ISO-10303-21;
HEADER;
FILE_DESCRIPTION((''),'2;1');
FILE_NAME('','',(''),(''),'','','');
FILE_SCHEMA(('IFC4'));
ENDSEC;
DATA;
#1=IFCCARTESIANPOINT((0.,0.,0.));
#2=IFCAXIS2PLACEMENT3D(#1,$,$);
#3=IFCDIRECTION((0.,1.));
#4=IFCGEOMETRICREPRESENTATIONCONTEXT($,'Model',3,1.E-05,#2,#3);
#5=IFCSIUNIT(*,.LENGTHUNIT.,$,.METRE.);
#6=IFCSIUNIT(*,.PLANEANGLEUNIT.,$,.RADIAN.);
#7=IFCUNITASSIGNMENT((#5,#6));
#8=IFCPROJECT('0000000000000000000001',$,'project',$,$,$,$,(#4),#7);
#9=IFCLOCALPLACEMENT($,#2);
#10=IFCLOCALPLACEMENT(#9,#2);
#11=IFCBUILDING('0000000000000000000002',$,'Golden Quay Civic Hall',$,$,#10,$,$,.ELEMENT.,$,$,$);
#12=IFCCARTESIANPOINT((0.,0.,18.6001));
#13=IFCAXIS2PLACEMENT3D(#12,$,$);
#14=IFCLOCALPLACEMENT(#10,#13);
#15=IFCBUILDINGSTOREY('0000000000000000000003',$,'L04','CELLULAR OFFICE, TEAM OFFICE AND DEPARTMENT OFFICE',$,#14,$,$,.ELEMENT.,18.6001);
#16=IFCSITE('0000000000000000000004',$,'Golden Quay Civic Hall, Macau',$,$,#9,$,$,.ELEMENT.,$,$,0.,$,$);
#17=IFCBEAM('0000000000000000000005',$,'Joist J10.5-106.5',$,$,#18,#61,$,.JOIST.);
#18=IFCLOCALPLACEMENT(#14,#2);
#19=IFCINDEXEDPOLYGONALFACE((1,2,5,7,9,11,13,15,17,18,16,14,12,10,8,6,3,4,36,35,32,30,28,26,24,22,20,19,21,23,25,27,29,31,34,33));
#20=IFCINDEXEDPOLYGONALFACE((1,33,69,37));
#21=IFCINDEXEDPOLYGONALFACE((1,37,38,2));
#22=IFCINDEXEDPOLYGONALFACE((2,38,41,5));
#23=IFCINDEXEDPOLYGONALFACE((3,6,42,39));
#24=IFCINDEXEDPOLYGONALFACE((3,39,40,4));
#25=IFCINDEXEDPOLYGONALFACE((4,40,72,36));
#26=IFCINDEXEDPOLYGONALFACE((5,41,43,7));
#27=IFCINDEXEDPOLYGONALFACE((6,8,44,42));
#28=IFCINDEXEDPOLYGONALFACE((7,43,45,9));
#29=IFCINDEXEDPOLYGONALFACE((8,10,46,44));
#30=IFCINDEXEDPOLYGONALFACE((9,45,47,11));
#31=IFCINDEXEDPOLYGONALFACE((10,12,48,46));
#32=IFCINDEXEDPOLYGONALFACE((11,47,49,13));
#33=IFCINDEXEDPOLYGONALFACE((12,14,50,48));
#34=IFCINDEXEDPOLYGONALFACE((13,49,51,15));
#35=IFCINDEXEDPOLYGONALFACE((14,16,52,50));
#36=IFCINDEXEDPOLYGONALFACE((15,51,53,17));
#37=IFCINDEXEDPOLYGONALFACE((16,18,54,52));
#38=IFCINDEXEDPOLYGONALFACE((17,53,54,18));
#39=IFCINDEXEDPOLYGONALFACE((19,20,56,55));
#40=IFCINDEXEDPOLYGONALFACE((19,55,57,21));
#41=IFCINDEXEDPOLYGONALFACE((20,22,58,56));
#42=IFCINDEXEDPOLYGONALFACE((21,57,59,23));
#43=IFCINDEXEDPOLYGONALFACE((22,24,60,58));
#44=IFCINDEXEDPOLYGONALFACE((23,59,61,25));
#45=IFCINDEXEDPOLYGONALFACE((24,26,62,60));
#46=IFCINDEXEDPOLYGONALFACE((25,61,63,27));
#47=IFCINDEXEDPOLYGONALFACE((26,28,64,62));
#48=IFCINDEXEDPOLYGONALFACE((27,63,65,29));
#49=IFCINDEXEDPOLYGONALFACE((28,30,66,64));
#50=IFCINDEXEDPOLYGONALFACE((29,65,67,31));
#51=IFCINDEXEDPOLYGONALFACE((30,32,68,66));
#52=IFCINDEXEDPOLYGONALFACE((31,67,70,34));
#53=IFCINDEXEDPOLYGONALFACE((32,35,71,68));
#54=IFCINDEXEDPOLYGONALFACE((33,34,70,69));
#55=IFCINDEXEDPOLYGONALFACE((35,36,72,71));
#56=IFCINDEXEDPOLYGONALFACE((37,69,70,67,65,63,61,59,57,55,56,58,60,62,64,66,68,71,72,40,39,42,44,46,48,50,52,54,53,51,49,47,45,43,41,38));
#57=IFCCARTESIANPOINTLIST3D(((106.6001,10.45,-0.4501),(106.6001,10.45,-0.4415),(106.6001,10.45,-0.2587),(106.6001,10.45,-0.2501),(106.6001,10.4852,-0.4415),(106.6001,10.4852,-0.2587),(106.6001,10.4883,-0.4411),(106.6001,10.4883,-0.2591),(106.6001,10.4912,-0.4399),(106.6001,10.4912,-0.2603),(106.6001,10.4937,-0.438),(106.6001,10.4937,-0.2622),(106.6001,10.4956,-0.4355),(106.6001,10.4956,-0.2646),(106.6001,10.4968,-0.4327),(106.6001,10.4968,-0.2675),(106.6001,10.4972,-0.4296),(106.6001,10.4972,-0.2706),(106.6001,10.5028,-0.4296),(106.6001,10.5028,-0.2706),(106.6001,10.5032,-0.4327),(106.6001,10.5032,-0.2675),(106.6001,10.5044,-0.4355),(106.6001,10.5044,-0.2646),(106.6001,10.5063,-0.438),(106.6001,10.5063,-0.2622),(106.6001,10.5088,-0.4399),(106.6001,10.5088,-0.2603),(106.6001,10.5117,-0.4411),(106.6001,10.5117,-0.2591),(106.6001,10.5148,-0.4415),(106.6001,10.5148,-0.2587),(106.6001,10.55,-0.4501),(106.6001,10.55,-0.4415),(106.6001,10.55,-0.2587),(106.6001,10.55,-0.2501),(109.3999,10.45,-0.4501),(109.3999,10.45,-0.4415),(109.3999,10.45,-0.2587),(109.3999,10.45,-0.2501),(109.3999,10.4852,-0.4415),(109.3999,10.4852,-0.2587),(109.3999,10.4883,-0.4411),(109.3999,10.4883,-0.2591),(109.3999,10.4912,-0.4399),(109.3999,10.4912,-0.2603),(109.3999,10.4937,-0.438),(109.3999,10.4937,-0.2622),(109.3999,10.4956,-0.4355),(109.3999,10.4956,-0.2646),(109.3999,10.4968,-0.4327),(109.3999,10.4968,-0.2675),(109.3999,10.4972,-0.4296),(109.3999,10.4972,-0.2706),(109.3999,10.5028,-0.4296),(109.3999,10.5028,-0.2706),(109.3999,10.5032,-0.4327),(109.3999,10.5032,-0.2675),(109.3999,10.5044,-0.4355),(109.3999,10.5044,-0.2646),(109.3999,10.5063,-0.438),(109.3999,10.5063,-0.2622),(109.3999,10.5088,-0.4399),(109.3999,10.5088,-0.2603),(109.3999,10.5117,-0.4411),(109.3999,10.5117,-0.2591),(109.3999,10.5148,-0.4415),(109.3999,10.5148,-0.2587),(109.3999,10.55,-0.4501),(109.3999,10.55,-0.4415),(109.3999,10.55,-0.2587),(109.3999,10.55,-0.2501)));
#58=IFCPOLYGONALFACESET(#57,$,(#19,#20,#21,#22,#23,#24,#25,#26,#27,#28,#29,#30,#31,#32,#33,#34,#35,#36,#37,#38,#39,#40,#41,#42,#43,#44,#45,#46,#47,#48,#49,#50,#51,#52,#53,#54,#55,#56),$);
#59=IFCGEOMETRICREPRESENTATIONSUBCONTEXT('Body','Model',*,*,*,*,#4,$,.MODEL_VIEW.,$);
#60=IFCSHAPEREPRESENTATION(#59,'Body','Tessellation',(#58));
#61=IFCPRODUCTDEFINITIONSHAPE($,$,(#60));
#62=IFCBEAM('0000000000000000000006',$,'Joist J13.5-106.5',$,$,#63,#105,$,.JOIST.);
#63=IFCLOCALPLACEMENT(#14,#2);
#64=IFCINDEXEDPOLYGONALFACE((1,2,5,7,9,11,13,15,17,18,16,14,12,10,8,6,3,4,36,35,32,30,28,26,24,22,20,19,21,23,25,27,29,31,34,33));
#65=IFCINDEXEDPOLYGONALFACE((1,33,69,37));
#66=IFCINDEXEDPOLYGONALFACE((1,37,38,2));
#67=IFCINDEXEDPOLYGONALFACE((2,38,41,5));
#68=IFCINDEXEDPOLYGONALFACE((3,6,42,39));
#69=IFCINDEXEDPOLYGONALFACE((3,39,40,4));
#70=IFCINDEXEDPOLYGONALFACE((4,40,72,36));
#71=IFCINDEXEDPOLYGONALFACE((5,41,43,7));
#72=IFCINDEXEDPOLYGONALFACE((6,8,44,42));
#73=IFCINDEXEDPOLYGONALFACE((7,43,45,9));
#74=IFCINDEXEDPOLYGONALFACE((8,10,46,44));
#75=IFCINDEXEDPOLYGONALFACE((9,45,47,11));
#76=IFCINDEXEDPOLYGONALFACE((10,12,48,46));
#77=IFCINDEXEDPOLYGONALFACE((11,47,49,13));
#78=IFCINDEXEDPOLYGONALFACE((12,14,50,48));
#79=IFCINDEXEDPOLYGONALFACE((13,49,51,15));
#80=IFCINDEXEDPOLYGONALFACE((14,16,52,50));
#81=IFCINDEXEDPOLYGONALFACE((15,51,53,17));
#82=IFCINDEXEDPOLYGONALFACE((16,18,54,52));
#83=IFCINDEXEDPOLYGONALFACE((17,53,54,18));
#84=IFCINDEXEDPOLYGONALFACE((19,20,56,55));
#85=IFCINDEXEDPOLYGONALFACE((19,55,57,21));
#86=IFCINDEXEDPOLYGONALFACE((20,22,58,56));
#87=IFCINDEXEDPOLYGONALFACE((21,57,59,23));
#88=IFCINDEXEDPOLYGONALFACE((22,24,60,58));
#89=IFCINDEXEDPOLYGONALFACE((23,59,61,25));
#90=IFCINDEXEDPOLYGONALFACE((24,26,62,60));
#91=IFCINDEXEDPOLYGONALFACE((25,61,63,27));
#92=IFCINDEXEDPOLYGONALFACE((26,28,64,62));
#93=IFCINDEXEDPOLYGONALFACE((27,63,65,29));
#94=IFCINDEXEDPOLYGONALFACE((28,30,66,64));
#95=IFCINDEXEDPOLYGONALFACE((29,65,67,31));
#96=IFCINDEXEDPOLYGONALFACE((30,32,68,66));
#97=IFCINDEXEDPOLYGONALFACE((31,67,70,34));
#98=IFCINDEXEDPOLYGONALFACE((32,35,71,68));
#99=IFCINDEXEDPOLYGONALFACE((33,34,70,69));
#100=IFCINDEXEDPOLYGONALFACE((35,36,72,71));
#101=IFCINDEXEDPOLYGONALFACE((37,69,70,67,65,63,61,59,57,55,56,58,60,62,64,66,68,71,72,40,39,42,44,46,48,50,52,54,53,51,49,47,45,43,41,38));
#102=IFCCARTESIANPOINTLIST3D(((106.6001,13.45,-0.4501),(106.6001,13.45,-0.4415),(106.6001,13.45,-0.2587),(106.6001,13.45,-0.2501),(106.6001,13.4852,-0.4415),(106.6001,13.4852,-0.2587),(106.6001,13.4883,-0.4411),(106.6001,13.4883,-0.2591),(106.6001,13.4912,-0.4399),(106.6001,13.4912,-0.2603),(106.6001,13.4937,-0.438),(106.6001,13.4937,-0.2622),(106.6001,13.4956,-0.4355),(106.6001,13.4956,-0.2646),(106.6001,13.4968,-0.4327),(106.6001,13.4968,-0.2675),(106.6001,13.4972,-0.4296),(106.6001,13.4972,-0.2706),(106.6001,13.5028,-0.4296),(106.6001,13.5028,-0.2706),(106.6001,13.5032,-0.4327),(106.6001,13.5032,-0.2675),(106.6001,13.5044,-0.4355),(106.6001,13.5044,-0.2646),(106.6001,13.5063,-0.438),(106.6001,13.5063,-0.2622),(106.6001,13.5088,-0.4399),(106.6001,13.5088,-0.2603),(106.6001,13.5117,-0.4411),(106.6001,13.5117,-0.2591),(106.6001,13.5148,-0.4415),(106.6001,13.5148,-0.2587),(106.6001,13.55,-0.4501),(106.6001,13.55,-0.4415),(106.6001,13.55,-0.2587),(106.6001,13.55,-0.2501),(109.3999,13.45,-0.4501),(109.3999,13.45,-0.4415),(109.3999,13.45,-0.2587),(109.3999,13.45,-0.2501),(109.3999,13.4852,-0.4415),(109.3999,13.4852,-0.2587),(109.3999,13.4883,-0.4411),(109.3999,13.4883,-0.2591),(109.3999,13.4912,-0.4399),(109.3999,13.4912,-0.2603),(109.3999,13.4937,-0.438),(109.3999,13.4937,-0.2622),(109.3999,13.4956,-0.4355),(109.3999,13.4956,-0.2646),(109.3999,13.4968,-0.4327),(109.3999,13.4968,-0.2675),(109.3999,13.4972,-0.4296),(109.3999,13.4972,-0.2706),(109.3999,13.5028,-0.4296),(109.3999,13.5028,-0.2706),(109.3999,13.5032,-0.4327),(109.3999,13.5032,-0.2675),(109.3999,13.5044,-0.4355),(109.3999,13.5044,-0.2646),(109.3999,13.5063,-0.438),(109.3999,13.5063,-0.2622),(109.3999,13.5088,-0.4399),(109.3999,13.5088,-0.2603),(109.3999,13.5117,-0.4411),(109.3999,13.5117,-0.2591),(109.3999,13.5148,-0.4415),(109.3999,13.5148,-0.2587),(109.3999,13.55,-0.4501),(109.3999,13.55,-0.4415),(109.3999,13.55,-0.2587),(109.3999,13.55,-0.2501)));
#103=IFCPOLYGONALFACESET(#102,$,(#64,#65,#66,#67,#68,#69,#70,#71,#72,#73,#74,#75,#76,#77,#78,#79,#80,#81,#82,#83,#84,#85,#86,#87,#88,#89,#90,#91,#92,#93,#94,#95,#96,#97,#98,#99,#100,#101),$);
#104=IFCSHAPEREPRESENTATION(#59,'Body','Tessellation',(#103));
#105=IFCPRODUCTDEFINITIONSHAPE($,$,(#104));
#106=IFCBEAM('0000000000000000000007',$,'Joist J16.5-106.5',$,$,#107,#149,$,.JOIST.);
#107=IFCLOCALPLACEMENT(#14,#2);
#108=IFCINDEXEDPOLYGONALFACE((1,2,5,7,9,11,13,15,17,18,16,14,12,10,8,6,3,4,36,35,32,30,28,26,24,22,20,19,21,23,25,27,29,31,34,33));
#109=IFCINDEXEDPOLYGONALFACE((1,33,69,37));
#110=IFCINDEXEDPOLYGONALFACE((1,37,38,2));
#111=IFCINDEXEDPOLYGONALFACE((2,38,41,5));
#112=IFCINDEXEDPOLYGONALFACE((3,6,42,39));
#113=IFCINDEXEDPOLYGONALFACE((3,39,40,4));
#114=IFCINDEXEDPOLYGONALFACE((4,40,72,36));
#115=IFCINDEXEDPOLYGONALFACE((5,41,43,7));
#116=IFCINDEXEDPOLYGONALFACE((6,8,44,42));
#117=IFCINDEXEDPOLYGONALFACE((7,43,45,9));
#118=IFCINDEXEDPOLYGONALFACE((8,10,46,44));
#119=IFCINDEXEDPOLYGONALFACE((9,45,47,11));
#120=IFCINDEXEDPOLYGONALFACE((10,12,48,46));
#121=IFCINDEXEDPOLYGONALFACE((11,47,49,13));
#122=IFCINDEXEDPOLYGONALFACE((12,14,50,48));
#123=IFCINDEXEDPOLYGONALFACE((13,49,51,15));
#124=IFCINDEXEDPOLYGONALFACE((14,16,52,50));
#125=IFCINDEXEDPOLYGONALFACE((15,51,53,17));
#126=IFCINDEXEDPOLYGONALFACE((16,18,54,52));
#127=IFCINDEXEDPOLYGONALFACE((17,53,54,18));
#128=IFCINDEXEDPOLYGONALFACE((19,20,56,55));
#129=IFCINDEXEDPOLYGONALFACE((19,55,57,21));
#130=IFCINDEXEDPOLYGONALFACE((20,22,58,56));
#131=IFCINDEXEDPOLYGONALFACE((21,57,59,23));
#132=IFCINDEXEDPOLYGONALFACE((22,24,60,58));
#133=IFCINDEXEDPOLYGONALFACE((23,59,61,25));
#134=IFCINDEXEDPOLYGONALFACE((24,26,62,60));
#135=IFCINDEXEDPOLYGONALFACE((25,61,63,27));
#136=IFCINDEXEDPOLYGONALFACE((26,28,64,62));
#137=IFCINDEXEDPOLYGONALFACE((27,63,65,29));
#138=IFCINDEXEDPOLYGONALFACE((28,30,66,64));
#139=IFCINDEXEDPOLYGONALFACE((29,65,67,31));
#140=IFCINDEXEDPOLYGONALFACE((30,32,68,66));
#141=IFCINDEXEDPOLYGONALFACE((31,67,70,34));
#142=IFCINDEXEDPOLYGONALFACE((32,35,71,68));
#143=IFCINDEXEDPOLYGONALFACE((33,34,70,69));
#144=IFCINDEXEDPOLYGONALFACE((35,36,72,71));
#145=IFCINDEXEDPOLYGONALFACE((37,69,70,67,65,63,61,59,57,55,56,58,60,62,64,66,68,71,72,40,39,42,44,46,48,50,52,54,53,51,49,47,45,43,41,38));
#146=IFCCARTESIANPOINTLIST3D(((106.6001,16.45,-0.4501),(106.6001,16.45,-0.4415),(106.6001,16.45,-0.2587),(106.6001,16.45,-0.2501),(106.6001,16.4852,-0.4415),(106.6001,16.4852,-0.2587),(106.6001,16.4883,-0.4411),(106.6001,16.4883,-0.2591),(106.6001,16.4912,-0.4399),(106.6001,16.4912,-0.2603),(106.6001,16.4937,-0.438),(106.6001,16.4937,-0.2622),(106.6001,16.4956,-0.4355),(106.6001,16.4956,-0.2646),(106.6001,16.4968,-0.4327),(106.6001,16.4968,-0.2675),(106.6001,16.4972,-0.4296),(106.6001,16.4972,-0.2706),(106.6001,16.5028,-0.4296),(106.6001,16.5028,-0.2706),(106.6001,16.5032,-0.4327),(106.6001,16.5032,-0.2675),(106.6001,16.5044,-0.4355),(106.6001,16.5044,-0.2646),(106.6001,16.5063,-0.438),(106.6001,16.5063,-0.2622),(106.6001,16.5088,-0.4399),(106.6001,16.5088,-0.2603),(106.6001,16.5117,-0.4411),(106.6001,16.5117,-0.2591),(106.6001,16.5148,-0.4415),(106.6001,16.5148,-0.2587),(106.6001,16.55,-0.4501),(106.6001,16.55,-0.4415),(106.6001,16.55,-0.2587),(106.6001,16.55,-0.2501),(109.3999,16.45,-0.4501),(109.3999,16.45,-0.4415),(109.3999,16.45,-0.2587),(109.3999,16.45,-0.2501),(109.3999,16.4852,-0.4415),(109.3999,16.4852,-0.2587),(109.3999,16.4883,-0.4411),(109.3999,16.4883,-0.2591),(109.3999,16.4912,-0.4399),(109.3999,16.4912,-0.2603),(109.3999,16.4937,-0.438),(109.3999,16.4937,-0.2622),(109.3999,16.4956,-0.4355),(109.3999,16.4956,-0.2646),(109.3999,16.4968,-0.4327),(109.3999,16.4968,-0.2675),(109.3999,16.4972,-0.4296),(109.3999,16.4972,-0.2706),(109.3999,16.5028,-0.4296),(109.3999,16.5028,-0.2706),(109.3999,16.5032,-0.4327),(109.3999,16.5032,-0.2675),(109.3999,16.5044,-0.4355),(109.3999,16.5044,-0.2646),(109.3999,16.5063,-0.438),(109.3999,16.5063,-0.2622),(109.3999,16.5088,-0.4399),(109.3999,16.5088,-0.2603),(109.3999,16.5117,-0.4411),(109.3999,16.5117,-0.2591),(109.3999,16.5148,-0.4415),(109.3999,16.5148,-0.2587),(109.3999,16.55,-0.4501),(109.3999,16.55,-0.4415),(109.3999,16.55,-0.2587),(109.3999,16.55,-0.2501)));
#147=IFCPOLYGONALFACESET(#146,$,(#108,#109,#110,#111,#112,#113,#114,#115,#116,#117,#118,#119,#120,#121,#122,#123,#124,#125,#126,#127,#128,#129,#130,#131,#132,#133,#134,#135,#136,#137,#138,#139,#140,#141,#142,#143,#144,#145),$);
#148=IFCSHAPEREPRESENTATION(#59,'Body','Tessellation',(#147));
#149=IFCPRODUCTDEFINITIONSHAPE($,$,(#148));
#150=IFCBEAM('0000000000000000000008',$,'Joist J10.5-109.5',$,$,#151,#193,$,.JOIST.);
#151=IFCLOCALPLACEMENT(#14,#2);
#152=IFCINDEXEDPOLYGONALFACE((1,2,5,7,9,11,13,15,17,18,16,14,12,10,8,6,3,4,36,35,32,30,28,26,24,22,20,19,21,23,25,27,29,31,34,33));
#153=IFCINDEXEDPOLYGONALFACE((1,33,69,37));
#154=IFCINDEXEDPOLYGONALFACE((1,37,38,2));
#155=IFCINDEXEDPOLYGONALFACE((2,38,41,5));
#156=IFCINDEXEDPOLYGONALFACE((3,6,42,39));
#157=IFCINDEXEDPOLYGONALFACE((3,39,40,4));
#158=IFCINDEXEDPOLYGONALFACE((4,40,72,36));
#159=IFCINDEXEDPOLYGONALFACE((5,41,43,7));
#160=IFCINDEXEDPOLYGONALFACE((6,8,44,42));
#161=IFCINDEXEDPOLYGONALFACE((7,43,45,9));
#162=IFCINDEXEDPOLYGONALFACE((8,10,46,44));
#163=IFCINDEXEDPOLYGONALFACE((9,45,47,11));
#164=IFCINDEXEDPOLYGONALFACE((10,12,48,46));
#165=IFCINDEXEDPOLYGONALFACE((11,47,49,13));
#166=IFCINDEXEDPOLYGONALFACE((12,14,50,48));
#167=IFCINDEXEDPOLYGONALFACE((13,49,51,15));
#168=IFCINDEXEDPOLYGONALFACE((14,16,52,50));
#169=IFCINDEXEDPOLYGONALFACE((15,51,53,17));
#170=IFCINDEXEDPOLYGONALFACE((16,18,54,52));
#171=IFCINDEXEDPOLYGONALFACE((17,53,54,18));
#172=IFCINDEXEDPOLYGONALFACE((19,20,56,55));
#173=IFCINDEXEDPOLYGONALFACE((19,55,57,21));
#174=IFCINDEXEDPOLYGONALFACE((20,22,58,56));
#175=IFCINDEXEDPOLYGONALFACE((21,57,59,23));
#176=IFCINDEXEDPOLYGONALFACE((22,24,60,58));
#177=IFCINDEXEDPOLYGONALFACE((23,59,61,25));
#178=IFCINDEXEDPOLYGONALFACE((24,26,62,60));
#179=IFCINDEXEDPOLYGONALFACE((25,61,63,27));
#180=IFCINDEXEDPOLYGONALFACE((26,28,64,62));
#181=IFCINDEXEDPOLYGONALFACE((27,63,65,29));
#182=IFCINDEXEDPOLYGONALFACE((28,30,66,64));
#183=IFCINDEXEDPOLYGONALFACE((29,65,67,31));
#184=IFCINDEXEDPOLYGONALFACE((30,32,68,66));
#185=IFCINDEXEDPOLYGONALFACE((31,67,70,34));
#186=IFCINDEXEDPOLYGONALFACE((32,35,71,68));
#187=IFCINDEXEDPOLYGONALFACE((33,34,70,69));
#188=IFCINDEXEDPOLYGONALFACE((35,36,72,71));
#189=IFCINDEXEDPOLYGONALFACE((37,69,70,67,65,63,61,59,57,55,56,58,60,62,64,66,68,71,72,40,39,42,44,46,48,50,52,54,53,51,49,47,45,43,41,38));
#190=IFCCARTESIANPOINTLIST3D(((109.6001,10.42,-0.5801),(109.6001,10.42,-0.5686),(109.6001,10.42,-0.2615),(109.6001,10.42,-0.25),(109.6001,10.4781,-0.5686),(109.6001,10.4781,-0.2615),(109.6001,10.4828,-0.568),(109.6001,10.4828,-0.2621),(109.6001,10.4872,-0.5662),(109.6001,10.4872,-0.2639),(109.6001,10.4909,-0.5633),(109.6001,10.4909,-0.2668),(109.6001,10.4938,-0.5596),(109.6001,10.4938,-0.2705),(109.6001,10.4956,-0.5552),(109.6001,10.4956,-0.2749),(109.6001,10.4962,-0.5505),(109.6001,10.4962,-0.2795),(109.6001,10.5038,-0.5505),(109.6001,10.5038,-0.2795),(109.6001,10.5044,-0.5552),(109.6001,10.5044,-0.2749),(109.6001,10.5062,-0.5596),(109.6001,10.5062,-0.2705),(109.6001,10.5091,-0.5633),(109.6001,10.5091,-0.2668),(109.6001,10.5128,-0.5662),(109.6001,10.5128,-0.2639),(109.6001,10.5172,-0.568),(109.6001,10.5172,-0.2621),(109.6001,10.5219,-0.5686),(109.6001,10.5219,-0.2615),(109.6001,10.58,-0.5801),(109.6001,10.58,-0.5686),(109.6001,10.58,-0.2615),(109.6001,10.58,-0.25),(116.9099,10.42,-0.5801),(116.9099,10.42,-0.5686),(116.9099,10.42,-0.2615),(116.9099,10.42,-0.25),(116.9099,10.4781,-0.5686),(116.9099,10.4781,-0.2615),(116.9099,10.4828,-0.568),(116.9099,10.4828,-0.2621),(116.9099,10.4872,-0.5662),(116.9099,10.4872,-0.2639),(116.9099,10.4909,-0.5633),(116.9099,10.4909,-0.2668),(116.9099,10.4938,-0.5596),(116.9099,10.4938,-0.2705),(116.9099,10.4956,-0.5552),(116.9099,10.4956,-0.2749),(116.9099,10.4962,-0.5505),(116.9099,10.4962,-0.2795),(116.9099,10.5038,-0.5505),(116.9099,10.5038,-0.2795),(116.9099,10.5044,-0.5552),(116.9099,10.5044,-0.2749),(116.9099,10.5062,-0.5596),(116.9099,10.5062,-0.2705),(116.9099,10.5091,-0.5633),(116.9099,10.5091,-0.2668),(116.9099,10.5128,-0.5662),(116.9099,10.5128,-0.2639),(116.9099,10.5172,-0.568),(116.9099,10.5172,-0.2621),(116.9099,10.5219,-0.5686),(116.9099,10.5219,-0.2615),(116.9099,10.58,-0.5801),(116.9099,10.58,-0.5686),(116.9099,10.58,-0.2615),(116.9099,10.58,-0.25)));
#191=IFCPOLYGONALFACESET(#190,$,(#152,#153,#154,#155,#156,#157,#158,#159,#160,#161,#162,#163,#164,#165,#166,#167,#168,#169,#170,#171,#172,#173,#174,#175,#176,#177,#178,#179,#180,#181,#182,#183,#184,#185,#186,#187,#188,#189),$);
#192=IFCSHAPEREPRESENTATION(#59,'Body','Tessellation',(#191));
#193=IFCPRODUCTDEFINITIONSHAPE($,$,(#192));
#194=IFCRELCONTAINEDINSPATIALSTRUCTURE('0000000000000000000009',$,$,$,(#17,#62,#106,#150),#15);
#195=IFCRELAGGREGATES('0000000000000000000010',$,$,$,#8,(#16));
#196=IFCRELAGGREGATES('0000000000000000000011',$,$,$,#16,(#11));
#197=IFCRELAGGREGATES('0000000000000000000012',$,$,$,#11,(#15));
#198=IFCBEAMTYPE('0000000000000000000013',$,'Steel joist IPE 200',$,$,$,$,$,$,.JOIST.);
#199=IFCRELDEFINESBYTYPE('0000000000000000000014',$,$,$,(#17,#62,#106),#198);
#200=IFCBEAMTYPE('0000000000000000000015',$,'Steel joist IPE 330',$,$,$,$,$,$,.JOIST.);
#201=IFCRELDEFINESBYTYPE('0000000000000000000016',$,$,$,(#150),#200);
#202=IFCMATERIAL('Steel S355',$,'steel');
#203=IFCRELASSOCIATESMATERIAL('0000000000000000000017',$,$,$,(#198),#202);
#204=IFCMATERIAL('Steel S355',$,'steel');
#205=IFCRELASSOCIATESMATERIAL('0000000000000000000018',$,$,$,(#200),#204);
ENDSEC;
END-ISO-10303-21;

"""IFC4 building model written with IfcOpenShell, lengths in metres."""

from ifc_helpers import new_model, si_unit, direction, frame, origin, origin_2d, place, context, subcontext, project, spatial, i_section, extrude, material, material_profile, profile_set, type_object, element, save


model = new_model("IFC4")

# Units and contexts
model_context = context("Model", 3, precision=1e-05, world=origin(), true_north=direction((0.0, 1.0)))
body_context = subcontext(model_context, "Body", "Model", "MODEL_VIEW")
ifc_project = project(units=[si_unit("LENGTHUNIT", "METRE"), si_unit("PLANEANGLEUNIT", "RADIAN")], contexts=[model_context])

# Site, building, storey
site_placement = place(None, origin())
site = spatial("IfcSite", under=ifc_project, at=site_placement, Name="Golden Quay Civic Hall, Macau", CompositionType="ELEMENT", RefElevation=0.0)
building_placement = place(site_placement, origin())
building = spatial("IfcBuilding", under=site, at=building_placement, Name="Golden Quay Civic Hall", CompositionType="ELEMENT")
storey_placement = place(building_placement, frame((0.0, 0.0, 18.6001)))
storey = spatial("IfcBuildingStorey", under=building, at=storey_placement, Name="L04", Description="CELLULAR OFFICE, TEAM OFFICE AND DEPARTMENT OFFICE", CompositionType="ELEMENT", Elevation=18.6001)

# Beams
ifc_material_1 = material(Name="Steel S355", Category="steel")
ifc_material_profile_1 = material_profile(ifc_material_1, i_section(OverallWidth=0.1001, OverallDepth=0.2, WebThickness=0.0056, FlangeThickness=0.0085, FilletRadius=0.012, at=origin_2d()), Name="IPE 200")
ifc_profile_set_1 = profile_set([ifc_material_profile_1], Name="Steel S355")
beam_type_1 = type_object("IfcBeamType", Name="Steel joist IPE 200", PredefinedType="JOIST", material=ifc_profile_set_1)
for number, where, z_axis, x_axis, name in (
    (1, (106.6001, 10.5, -0.3501), (1.0, 0.0, 0.0), (0.0, 1.0, 0.0), "Joist J10.5-106.5"),
    (2, (106.6001, 13.5, -0.3501), (1.0, 0.0, 0.0), (0.0, 1.0, 0.0), "Joist J13.5-106.5"),
    (3, (106.6001, 16.5, -0.3501), (1.0, 0.0, 0.0), (0.0, 1.0, 0.0), "Joist J16.5-106.5"),
):
    element("IfcBeam", number, at=place(storey_placement, frame(where, z_axis=z_axis, x_axis=x_axis)), inside=storey, type_object=beam_type_1, Name=name, PredefinedType="JOIST", context=body_context, shape_type="SweptSolid", body=[
        extrude(i_section(OverallWidth=0.1001, OverallDepth=0.2, WebThickness=0.0056, FlangeThickness=0.0085, FilletRadius=0.012, at=origin_2d()), origin(), (0.0, 0.0, 1.0), 2.7998),
    ])
ifc_material_2 = material(Name="Steel S355", Category="steel")
ifc_material_profile_2 = material_profile(ifc_material_2, i_section(OverallWidth=0.1599, OverallDepth=0.3301, WebThickness=0.0076, FlangeThickness=0.0115, FilletRadius=0.0181, at=origin_2d()), Name="IPE 330")
ifc_profile_set_2 = profile_set([ifc_material_profile_2], Name="Steel S355")
beam_type_2 = type_object("IfcBeamType", Name="Steel joist IPE 330", PredefinedType="JOIST", material=ifc_profile_set_2)
for number, where, z_axis, x_axis, name in (
    (4, (109.6001, 10.5, -0.415), (1.0, 0.0, 0.0), (0.0, 1.0, 0.0), "Joist J10.5-109.5"),
):
    element("IfcBeam", number, at=place(storey_placement, frame(where, z_axis=z_axis, x_axis=x_axis)), inside=storey, type_object=beam_type_2, Name=name, PredefinedType="JOIST", context=body_context, shape_type="SweptSolid", body=[
        extrude(i_section(OverallWidth=0.1599, OverallDepth=0.3301, WebThickness=0.0076, FlangeThickness=0.0115, FilletRadius=0.0181, at=origin_2d()), origin(), (0.0, 0.0, 1.0), 7.3098),
    ])

save(model, "model.ifc")
